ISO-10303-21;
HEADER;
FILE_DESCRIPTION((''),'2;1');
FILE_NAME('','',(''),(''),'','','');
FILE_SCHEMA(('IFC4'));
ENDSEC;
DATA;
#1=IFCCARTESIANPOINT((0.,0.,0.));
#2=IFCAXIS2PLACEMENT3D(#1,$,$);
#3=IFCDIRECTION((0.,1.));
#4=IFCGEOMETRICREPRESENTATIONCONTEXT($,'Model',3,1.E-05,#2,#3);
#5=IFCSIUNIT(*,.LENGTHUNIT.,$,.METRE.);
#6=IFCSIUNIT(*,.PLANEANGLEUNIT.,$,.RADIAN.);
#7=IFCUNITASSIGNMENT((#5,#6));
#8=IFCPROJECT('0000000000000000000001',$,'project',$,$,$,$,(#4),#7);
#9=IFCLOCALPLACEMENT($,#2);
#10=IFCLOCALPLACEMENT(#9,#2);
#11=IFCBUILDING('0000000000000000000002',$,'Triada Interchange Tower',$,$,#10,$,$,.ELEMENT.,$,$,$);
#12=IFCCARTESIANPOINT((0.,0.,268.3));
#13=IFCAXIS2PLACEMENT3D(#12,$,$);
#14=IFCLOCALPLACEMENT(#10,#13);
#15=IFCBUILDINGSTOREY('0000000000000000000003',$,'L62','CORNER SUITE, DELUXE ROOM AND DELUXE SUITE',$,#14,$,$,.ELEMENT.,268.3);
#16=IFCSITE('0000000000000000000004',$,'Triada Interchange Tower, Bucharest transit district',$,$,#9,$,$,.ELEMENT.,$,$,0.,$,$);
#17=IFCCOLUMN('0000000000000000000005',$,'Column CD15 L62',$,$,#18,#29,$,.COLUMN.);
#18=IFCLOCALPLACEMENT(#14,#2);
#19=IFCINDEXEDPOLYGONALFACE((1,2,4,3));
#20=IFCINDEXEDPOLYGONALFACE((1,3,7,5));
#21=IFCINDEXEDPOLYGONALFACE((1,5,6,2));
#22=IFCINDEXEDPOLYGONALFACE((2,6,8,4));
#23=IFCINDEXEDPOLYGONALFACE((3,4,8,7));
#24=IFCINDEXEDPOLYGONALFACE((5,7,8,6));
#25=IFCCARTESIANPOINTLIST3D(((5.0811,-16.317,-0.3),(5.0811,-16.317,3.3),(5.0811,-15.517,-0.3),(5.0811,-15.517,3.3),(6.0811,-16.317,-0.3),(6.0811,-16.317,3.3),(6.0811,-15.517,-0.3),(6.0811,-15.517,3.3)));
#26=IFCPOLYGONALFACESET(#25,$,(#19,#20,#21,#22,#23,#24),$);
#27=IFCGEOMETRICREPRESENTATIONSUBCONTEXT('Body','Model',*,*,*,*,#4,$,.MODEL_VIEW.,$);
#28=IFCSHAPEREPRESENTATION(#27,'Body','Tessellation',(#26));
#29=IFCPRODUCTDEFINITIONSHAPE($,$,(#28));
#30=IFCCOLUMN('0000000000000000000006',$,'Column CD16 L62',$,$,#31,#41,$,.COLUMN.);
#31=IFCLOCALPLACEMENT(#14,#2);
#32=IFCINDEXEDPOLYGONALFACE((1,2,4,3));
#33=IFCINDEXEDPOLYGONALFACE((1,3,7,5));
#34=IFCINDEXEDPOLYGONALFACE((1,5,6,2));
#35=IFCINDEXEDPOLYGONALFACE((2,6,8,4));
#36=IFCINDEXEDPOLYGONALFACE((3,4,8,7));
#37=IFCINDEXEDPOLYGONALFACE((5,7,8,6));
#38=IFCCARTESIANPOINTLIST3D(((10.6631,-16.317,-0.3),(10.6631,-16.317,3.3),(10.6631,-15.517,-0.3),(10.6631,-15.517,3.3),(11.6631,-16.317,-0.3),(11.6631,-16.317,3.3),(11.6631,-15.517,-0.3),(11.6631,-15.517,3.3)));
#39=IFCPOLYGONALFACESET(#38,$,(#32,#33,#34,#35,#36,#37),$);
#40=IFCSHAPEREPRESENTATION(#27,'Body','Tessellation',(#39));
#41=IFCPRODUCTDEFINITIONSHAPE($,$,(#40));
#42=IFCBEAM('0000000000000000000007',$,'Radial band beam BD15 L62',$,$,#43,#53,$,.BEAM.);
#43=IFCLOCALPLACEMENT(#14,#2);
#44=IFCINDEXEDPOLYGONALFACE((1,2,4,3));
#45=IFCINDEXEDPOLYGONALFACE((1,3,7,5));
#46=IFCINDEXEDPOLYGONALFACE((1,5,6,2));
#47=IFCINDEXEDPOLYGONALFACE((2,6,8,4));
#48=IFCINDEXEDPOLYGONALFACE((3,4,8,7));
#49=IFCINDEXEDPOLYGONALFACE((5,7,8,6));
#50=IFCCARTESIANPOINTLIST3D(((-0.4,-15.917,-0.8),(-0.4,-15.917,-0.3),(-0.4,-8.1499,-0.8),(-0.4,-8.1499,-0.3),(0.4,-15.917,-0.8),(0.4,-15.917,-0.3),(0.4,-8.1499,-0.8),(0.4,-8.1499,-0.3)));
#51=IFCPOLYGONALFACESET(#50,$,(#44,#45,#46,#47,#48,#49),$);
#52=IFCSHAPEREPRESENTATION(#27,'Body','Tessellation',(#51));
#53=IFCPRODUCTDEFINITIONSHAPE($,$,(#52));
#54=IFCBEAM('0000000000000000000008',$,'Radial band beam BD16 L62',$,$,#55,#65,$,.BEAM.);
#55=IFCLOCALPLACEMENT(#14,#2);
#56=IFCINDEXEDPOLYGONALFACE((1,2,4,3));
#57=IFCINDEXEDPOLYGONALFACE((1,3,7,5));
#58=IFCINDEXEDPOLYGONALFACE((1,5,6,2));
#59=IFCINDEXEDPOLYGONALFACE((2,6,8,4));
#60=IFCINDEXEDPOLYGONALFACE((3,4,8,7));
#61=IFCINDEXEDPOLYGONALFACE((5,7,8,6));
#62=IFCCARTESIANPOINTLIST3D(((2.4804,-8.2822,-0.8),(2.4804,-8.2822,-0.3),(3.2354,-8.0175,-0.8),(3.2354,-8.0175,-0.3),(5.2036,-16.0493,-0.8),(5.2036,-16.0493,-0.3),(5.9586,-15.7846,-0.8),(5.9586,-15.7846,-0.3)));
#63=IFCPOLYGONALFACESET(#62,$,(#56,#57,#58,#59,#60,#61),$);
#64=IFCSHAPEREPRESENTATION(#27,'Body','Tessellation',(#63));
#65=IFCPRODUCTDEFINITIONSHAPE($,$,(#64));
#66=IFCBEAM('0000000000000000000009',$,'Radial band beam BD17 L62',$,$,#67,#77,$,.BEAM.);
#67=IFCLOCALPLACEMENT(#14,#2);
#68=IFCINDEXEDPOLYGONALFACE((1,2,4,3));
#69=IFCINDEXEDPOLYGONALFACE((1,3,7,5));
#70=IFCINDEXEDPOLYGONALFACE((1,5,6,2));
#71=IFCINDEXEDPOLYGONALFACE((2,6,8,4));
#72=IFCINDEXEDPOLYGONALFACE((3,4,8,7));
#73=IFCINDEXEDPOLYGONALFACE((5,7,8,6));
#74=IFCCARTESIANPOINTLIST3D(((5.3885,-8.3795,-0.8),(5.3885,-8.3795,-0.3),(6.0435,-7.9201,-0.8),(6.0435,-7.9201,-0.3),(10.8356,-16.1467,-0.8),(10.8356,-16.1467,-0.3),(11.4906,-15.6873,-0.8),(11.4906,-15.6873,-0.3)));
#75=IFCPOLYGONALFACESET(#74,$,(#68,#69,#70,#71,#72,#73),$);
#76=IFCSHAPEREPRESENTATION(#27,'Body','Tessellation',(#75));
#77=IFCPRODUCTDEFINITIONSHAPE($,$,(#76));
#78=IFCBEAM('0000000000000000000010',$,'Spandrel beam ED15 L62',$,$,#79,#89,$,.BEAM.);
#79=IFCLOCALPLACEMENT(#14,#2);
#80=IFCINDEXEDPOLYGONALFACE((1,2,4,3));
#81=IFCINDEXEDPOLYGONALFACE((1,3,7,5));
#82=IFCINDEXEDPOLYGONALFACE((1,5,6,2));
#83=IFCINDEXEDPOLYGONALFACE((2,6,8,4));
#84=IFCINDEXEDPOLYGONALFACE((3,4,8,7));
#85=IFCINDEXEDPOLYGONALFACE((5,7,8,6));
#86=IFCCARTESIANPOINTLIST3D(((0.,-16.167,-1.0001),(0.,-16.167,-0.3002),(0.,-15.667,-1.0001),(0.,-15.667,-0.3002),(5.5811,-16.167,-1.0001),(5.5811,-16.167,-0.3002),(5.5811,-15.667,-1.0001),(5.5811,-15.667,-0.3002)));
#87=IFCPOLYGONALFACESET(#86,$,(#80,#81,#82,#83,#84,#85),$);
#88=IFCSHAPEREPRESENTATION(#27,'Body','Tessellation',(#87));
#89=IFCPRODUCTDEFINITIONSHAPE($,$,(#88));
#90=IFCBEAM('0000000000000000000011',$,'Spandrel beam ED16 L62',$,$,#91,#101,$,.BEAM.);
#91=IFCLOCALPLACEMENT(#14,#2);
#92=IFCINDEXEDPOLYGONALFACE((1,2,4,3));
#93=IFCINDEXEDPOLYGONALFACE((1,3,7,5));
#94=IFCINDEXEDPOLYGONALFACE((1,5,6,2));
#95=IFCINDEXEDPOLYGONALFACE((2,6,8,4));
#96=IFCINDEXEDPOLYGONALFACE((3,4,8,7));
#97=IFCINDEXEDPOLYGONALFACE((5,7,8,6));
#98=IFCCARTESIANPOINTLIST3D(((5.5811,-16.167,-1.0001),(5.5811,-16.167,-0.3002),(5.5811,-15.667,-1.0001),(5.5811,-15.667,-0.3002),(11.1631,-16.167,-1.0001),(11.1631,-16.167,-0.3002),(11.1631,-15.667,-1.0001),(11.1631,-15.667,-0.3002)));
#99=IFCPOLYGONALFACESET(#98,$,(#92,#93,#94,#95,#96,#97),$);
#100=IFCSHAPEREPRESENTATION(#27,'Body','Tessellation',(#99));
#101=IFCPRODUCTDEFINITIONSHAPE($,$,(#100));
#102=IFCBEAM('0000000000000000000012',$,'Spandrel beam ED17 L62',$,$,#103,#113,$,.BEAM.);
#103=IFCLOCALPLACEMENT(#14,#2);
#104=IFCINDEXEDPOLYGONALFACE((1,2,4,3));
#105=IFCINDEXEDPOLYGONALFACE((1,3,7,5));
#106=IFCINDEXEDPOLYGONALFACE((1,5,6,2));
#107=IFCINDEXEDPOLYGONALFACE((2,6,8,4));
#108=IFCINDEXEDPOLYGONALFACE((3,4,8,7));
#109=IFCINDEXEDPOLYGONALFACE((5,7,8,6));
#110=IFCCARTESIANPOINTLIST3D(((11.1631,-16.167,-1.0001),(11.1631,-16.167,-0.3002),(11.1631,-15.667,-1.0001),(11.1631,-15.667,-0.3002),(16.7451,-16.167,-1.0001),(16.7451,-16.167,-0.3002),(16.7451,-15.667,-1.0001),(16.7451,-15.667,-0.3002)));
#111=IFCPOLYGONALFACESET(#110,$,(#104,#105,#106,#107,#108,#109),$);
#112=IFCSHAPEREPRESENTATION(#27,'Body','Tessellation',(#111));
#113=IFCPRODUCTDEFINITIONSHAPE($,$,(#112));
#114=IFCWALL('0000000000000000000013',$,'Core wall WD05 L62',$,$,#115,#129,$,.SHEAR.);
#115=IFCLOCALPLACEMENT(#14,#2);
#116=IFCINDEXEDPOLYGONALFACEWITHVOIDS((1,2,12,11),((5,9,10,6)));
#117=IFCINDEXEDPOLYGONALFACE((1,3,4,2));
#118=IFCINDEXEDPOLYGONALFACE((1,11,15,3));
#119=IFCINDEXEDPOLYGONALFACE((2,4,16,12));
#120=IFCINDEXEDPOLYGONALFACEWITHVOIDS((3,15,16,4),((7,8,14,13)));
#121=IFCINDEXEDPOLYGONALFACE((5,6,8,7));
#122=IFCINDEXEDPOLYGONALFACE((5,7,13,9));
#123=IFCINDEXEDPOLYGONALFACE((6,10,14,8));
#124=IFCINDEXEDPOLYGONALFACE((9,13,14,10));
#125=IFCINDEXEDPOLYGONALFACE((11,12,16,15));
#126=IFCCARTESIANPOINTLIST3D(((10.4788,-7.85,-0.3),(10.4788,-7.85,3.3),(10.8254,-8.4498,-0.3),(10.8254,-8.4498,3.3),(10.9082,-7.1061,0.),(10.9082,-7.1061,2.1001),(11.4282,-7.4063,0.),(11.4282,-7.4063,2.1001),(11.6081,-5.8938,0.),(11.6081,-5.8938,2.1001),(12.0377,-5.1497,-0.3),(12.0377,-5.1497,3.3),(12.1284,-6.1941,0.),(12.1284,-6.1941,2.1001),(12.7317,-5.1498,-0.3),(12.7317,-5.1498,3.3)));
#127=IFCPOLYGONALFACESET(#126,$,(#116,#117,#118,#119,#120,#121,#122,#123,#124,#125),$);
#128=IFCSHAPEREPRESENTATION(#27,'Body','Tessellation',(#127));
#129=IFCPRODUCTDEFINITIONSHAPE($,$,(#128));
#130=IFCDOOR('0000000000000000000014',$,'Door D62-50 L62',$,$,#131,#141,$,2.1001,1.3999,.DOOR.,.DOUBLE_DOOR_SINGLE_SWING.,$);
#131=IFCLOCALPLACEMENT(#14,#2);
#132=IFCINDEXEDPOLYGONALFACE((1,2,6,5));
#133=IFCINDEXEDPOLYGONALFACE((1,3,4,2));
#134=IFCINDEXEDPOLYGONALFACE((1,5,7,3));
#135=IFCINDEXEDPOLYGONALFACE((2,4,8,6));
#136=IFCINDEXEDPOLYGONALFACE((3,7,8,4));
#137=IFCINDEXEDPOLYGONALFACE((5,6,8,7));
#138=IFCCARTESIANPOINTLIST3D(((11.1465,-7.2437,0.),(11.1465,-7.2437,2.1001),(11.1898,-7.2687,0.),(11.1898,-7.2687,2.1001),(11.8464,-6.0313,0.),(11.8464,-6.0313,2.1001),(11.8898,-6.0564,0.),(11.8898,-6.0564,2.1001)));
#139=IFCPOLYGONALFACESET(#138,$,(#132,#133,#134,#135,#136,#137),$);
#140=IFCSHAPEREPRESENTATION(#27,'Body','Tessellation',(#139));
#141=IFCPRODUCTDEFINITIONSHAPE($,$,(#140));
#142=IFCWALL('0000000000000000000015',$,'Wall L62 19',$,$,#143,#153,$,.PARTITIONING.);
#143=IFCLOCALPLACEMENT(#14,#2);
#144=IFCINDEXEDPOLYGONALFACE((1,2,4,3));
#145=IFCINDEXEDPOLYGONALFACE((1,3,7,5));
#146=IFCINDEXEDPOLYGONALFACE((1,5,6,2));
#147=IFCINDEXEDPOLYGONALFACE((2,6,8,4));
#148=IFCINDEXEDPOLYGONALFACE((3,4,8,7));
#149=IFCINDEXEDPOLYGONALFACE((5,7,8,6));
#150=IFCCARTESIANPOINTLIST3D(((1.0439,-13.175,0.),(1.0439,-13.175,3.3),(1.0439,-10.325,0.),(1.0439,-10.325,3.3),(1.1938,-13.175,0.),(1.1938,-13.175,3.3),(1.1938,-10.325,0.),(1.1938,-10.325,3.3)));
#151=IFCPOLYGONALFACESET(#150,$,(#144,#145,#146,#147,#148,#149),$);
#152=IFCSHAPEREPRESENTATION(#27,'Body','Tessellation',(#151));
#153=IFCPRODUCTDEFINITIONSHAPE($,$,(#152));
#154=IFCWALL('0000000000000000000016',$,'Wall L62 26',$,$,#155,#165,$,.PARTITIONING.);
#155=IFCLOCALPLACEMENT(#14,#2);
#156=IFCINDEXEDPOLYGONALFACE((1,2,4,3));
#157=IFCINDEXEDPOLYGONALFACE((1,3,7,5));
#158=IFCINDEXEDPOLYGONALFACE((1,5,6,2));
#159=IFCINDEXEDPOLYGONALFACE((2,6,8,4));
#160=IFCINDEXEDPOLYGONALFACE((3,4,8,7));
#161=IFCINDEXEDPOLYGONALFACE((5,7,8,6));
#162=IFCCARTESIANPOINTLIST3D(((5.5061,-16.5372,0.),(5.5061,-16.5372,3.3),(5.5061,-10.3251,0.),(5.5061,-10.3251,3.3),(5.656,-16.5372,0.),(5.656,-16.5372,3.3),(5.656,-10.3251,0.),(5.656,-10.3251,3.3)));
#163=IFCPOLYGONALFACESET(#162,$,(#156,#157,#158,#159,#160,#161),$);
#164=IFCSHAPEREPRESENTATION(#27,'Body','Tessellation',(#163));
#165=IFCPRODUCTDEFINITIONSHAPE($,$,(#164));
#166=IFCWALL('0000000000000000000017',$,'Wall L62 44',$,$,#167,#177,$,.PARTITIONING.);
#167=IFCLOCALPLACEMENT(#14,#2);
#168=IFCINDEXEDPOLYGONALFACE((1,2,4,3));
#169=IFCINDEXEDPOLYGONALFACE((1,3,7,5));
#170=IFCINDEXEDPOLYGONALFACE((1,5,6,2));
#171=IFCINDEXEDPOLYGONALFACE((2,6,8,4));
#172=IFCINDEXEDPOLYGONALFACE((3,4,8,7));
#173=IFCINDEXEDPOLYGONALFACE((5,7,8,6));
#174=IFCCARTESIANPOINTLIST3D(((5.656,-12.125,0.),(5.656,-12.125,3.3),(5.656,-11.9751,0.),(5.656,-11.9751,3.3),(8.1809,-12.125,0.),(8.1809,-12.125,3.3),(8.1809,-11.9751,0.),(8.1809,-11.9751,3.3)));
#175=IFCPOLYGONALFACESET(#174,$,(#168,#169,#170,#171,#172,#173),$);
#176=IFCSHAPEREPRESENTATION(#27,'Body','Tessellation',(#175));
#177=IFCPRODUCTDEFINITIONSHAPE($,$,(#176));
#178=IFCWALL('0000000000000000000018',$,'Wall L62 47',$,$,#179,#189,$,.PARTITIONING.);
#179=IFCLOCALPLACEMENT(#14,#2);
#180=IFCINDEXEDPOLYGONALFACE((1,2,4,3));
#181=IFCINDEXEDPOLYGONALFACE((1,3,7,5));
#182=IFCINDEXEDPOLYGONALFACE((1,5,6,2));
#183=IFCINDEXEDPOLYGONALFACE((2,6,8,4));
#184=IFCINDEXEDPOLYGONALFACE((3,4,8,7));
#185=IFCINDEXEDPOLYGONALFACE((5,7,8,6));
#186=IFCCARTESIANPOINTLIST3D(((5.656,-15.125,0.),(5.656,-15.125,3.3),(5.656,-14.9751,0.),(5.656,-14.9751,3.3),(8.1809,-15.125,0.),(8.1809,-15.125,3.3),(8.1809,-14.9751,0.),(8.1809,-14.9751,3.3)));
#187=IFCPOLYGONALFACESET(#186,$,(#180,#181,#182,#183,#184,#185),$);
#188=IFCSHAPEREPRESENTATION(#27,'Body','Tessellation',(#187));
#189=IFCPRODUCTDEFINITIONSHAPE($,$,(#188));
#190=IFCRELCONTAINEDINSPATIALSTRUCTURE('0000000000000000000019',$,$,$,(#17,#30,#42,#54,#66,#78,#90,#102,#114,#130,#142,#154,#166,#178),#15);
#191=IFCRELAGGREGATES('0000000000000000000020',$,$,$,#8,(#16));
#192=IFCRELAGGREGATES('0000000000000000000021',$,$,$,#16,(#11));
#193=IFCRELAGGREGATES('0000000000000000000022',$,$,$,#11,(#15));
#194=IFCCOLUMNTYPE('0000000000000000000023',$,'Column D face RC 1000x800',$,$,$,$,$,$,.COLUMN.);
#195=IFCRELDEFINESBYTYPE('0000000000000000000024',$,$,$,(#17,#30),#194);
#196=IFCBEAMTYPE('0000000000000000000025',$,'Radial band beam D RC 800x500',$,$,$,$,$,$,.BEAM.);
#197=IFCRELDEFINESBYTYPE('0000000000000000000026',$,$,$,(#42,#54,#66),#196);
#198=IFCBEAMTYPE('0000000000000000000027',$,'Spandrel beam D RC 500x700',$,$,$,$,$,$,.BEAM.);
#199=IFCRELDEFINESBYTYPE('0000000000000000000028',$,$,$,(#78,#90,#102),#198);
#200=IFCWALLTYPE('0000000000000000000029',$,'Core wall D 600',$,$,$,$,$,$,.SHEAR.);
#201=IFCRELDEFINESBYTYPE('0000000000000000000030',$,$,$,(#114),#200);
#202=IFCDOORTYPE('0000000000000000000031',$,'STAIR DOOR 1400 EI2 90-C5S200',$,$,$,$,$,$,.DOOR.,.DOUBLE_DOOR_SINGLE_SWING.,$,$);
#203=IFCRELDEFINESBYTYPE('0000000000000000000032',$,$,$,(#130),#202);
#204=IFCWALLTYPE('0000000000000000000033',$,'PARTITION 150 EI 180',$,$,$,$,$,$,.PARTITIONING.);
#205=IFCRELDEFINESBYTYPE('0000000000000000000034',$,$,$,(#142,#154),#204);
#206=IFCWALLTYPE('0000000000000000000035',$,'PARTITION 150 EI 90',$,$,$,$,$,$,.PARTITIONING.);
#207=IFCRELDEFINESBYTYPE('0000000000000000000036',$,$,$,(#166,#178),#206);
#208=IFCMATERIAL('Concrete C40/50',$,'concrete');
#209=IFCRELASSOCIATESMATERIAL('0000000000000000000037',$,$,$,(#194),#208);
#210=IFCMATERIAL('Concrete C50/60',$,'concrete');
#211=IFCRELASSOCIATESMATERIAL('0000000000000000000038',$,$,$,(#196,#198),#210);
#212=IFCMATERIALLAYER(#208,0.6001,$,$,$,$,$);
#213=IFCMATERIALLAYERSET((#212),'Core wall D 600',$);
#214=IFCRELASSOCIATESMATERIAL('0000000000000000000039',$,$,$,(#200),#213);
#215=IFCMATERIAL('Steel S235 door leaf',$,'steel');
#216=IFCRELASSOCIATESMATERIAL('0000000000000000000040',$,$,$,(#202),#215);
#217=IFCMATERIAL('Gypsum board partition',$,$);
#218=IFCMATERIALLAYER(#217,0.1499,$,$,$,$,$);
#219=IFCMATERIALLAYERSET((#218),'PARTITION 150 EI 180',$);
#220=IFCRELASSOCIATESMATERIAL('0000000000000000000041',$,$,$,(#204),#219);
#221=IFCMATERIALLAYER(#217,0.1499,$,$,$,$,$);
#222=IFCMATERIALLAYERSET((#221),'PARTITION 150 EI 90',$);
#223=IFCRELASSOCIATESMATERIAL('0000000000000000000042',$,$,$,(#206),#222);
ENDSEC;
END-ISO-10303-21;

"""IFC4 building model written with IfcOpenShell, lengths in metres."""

from ifc_helpers import new_model, si_unit, direction, frame, frame_2d, origin, origin_2d, place, context, subcontext, project, spatial, polyline, rectangle, outline, extrude, material, layer, layer_set, material_profile, profile_set, type_object, element, fill, save


model = new_model("IFC4")

# Units and contexts
model_context = context("Model", 3, precision=1e-05, world=origin(), true_north=direction((0.0, 1.0)))
body_context = subcontext(model_context, "Body", "Model", "MODEL_VIEW")
ifc_project = project(units=[si_unit("LENGTHUNIT", "METRE"), si_unit("PLANEANGLEUNIT", "RADIAN")], contexts=[model_context])

# Site, building, storey
site_placement = place(None, origin())
site = spatial("IfcSite", under=ifc_project, at=site_placement, Name="Triada Interchange Tower, Bucharest transit district", CompositionType="ELEMENT", RefElevation=0.0)
building_placement = place(site_placement, origin())
building = spatial("IfcBuilding", under=site, at=building_placement, Name="Triada Interchange Tower", CompositionType="ELEMENT")
storey_placement = place(building_placement, frame((0.0, 0.0, 268.3)))
storey = spatial("IfcBuildingStorey", under=building, at=storey_placement, Name="L62", Description="CORNER SUITE, DELUXE ROOM AND DELUXE SUITE", CompositionType="ELEMENT", Elevation=268.3)

# Columns
ifc_material_1 = material(Name="Concrete C40/50", Category="concrete")
ifc_material_profile_1 = material_profile(ifc_material_1, rectangle(XDim=1.0, YDim=0.8, at=origin_2d()), Name="RC 1000x800")
ifc_profile_set_1 = profile_set([ifc_material_profile_1], Name="Concrete C40/50")
column_type = type_object("IfcColumnType", Name="Column D face RC 1000x800", PredefinedType="COLUMN", material=ifc_profile_set_1)
for number, where, z_axis, x_axis, name in (
    (1, (5.5811, -15.917, -0.3), (0.0, 0.0, 1.0), (1.0, 0.0, 0.0), "Column CD15 L62"),
    (2, (11.1631, -15.917, -0.3), (0.0, 0.0, 1.0), (1.0, 0.0, 0.0), "Column CD16 L62"),
):
    element("IfcColumn", number, at=place(storey_placement, frame(where, z_axis=z_axis, x_axis=x_axis)), inside=storey, type_object=column_type, Name=name, PredefinedType="COLUMN", context=body_context, shape_type="SweptSolid", body=[
        extrude(rectangle(XDim=1.0, YDim=0.8, at=origin_2d()), origin(), (0.0, 0.0, 1.0), 3.6001),
    ])

# Beams
ifc_material_2 = material(Name="Concrete C50/60", Category="concrete")
ifc_material_profile_2 = material_profile(ifc_material_2, rectangle(XDim=0.8, YDim=0.5, at=origin_2d()), Name="RC 800x500")
ifc_profile_set_2 = profile_set([ifc_material_profile_2], Name="Concrete C50/60")
beam_type_1 = type_object("IfcBeamType", Name="Radial band beam D RC 800x500", PredefinedType="BEAM", material=ifc_profile_set_2)
beam_1_placement = place(storey_placement, frame((0.0, -15.917, -0.55), z_axis=(0.0, 1.0, 0.0), x_axis=(-1.0, 0.0, 0.0)))
element("IfcBeam", 3, at=beam_1_placement, inside=storey, type_object=beam_type_1, Name="Radial band beam BD15 L62", PredefinedType="BEAM", context=body_context, shape_type="SweptSolid", body=[
    extrude(rectangle(XDim=0.8, YDim=0.5, at=origin_2d()), origin(), (0.0, 0.0, 1.0), 7.7671),
])
beam_2_placement = place(storey_placement, frame((5.5811, -15.917, -0.55), z_axis=(-0.330855, 0.943682, 0.0), x_axis=(-0.943682, -0.330855, 0.0)))
element("IfcBeam", 4, at=beam_2_placement, inside=storey, type_object=beam_type_1, Name="Radial band beam BD16 L62", PredefinedType="BEAM", context=body_context, shape_type="SweptSolid", body=[
    extrude(rectangle(XDim=0.8, YDim=0.5, at=origin_2d()), origin(), (0.0, 0.0, 1.0), 8.2307),
])
beam_3_placement = place(storey_placement, frame((11.1631, -15.917, -0.55), z_axis=(-0.574174, 0.818733, 0.0), x_axis=(-0.818733, -0.574174, 0.0)))
element("IfcBeam", 5, at=beam_3_placement, inside=storey, type_object=beam_type_1, Name="Radial band beam BD17 L62", PredefinedType="BEAM", context=body_context, shape_type="SweptSolid", body=[
    extrude(rectangle(XDim=0.8, YDim=0.5, at=origin_2d()), origin(), (0.0, 0.0, 1.0), 9.4868),
])
ifc_material_profile_3 = material_profile(ifc_material_2, rectangle(XDim=0.5, YDim=0.7, at=origin_2d()), Name="RC 500x700")
ifc_profile_set_3 = profile_set([ifc_material_profile_3], Name="Concrete C50/60")
beam_type_2 = type_object("IfcBeamType", Name="Spandrel beam D RC 500x700", PredefinedType="BEAM", material=ifc_profile_set_3)
beam_4_placement = place(storey_placement, frame((0.0, -15.917, -0.6501), z_axis=(1.0, 0.0, 0.0), x_axis=(0.0, 1.0, 0.0)))
element("IfcBeam", 6, at=beam_4_placement, inside=storey, type_object=beam_type_2, Name="Spandrel beam ED15 L62", PredefinedType="BEAM", context=body_context, shape_type="SweptSolid", body=[
    extrude(rectangle(XDim=0.5, YDim=0.7, at=origin_2d()), origin(), (0.0, 0.0, 1.0), 5.5811),
])
for number, where, z_axis, x_axis, name in (
    (7, (5.5811, -15.917, -0.6501), (1.0, 0.0, 0.0), (0.0, 1.0, 0.0), "Spandrel beam ED16 L62"),
    (8, (11.1631, -15.917, -0.6501), (1.0, 0.0, 0.0), (0.0, 1.0, 0.0), "Spandrel beam ED17 L62"),
):
    element("IfcBeam", number, at=place(storey_placement, frame(where, z_axis=z_axis, x_axis=x_axis)), inside=storey, type_object=beam_type_2, Name=name, PredefinedType="BEAM", context=body_context, shape_type="SweptSolid", body=[
        extrude(rectangle(XDim=0.5, YDim=0.7, at=origin_2d()), origin(), (0.0, 0.0, 1.0), 5.582),
    ])

# Wall, opening, door
ifc_layer_1 = layer(ifc_material_1, 0.6001)
ifc_layer_set_1 = layer_set([ifc_layer_1], Name="Core wall D 600")
wall_type_1 = type_object("IfcWallType", Name="Core wall D 600", PredefinedType="SHEAR", material=ifc_layer_set_1)
wall_1_placement = place(storey_placement, frame((10.6521, -8.1499, -0.3), z_axis=(0.0, 0.0, 1.0), x_axis=(0.499975, 0.86604, 0.0)))
wall_1 = element("IfcWall", 9, at=wall_1_placement, inside=storey, type_object=wall_type_1, Name="Core wall WD05 L62", PredefinedType="SHEAR", context=body_context, shape_type="SweptSolid", body=[
    extrude(outline(polyline([(-0.1731, -0.3), (1.7324, -0.3005), (3.6379, -0.301), (3.291, 0.3), (1.7319, 0.3), (0.1731, 0.3), (-0.1731, -0.3)])), origin(), (0.0, 0.0, 1.0), 3.6001),
])
opening_1_placement = place(wall_1_placement, frame((1.032, 0.0, 0.3)))
opening_1 = element("IfcOpeningElement", 10, at=opening_1_placement, cuts=wall_1, PredefinedType="OPENING", context=body_context, shape_type="SweptSolid", body=[
    extrude(rectangle(XDim=1.3999, YDim=2.1001, at=frame_2d((0.7, 1.05))), frame((0.0, 0.3101, 0.0), z_axis=(0.0, -1.0, 0.0), x_axis=(1.0, 0.0, 0.0)), (0.0, 0.0, 1.0), 0.6211),
])
ifc_material_3 = material(Name="Steel S235 door leaf", Category="steel")
door_type_1 = type_object("IfcDoorType", Name="STAIR DOOR 1400 EI2 90-C5S200", OperationType="DOUBLE_DOOR_SINGLE_SWING", PredefinedType="DOOR", material=ifc_material_3)
door_1_placement = place(opening_1_placement, origin())
door_1 = element("IfcDoor", 11, at=door_1_placement, inside=storey, type_object=door_type_1, Name="Door D62-50 L62", OperationType="DOUBLE_DOOR_SINGLE_SWING", OverallHeight=2.1001, OverallWidth=1.3999, PredefinedType="DOOR", context=body_context, shape_type="SweptSolid", body=[
    extrude(rectangle(XDim=1.3999, YDim=2.1001, at=frame_2d((0.7, 1.05))), frame((0.0, 0.0249, 0.0), z_axis=(0.0, -1.0, 0.0), x_axis=(1.0, 0.0, 0.0)), (0.0, 0.0, 1.0), 0.05),
])
fill(opening_1, door_1)

# Walls
ifc_material_4 = material(Name="Gypsum board partition")
ifc_layer_2 = layer(ifc_material_4, 0.1499)
ifc_layer_set_2 = layer_set([ifc_layer_2], Name="PARTITION 150 EI 180")
wall_type_2 = type_object("IfcWallType", Name="PARTITION 150 EI 180", PredefinedType="PARTITIONING", material=ifc_layer_set_2)
wall_2_placement = place(storey_placement, frame((1.1189, -13.175, 0.0), z_axis=(0.0, 0.0, 1.0), x_axis=(0.0, 1.0, 0.0)))
element("IfcWall", 12, at=wall_2_placement, inside=storey, type_object=wall_type_2, Name="Wall L62 19", PredefinedType="PARTITIONING", context=body_context, shape_type="SweptSolid", body=[
    extrude(rectangle(XDim=2.8501, YDim=0.1499, at=frame_2d((1.425, 0.0))), origin(), (0.0, 0.0, 1.0), 3.3),
])
wall_3_placement = place(storey_placement, frame((5.5811, -16.5371, 0.0), z_axis=(0.0, 0.0, 1.0), x_axis=(0.0, 1.0, 0.0)))
element("IfcWall", 13, at=wall_3_placement, inside=storey, type_object=wall_type_2, Name="Wall L62 26", PredefinedType="PARTITIONING", context=body_context, shape_type="SweptSolid", body=[
    extrude(rectangle(XDim=6.2122, YDim=0.1499, at=frame_2d((3.106, 0.0))), origin(), (0.0, 0.0, 1.0), 3.3),
])
ifc_layer_3 = layer(ifc_material_4, 0.1499)
ifc_layer_set_3 = layer_set([ifc_layer_3], Name="PARTITION 150 EI 90")
wall_type_3 = type_object("IfcWallType", Name="PARTITION 150 EI 90", PredefinedType="PARTITIONING", material=ifc_layer_set_3)
for number, where, z_axis, x_axis, name in (
    (14, (5.656, -12.05, 0.0), (0.0, 0.0, 1.0), (1.0, 0.0, 0.0), "Wall L62 44"),
    (15, (5.656, -15.05, 0.0), (0.0, 0.0, 1.0), (1.0, 0.0, 0.0), "Wall L62 47"),
):
    element("IfcWall", number, at=place(storey_placement, frame(where, z_axis=z_axis, x_axis=x_axis)), inside=storey, type_object=wall_type_3, Name=name, PredefinedType="PARTITIONING", context=body_context, shape_type="SweptSolid", body=[
        extrude(rectangle(XDim=2.5249, YDim=0.1499, at=frame_2d((1.2625, 0.0))), origin(), (0.0, 0.0, 1.0), 3.3),
    ])

save(model, "model.ifc")
